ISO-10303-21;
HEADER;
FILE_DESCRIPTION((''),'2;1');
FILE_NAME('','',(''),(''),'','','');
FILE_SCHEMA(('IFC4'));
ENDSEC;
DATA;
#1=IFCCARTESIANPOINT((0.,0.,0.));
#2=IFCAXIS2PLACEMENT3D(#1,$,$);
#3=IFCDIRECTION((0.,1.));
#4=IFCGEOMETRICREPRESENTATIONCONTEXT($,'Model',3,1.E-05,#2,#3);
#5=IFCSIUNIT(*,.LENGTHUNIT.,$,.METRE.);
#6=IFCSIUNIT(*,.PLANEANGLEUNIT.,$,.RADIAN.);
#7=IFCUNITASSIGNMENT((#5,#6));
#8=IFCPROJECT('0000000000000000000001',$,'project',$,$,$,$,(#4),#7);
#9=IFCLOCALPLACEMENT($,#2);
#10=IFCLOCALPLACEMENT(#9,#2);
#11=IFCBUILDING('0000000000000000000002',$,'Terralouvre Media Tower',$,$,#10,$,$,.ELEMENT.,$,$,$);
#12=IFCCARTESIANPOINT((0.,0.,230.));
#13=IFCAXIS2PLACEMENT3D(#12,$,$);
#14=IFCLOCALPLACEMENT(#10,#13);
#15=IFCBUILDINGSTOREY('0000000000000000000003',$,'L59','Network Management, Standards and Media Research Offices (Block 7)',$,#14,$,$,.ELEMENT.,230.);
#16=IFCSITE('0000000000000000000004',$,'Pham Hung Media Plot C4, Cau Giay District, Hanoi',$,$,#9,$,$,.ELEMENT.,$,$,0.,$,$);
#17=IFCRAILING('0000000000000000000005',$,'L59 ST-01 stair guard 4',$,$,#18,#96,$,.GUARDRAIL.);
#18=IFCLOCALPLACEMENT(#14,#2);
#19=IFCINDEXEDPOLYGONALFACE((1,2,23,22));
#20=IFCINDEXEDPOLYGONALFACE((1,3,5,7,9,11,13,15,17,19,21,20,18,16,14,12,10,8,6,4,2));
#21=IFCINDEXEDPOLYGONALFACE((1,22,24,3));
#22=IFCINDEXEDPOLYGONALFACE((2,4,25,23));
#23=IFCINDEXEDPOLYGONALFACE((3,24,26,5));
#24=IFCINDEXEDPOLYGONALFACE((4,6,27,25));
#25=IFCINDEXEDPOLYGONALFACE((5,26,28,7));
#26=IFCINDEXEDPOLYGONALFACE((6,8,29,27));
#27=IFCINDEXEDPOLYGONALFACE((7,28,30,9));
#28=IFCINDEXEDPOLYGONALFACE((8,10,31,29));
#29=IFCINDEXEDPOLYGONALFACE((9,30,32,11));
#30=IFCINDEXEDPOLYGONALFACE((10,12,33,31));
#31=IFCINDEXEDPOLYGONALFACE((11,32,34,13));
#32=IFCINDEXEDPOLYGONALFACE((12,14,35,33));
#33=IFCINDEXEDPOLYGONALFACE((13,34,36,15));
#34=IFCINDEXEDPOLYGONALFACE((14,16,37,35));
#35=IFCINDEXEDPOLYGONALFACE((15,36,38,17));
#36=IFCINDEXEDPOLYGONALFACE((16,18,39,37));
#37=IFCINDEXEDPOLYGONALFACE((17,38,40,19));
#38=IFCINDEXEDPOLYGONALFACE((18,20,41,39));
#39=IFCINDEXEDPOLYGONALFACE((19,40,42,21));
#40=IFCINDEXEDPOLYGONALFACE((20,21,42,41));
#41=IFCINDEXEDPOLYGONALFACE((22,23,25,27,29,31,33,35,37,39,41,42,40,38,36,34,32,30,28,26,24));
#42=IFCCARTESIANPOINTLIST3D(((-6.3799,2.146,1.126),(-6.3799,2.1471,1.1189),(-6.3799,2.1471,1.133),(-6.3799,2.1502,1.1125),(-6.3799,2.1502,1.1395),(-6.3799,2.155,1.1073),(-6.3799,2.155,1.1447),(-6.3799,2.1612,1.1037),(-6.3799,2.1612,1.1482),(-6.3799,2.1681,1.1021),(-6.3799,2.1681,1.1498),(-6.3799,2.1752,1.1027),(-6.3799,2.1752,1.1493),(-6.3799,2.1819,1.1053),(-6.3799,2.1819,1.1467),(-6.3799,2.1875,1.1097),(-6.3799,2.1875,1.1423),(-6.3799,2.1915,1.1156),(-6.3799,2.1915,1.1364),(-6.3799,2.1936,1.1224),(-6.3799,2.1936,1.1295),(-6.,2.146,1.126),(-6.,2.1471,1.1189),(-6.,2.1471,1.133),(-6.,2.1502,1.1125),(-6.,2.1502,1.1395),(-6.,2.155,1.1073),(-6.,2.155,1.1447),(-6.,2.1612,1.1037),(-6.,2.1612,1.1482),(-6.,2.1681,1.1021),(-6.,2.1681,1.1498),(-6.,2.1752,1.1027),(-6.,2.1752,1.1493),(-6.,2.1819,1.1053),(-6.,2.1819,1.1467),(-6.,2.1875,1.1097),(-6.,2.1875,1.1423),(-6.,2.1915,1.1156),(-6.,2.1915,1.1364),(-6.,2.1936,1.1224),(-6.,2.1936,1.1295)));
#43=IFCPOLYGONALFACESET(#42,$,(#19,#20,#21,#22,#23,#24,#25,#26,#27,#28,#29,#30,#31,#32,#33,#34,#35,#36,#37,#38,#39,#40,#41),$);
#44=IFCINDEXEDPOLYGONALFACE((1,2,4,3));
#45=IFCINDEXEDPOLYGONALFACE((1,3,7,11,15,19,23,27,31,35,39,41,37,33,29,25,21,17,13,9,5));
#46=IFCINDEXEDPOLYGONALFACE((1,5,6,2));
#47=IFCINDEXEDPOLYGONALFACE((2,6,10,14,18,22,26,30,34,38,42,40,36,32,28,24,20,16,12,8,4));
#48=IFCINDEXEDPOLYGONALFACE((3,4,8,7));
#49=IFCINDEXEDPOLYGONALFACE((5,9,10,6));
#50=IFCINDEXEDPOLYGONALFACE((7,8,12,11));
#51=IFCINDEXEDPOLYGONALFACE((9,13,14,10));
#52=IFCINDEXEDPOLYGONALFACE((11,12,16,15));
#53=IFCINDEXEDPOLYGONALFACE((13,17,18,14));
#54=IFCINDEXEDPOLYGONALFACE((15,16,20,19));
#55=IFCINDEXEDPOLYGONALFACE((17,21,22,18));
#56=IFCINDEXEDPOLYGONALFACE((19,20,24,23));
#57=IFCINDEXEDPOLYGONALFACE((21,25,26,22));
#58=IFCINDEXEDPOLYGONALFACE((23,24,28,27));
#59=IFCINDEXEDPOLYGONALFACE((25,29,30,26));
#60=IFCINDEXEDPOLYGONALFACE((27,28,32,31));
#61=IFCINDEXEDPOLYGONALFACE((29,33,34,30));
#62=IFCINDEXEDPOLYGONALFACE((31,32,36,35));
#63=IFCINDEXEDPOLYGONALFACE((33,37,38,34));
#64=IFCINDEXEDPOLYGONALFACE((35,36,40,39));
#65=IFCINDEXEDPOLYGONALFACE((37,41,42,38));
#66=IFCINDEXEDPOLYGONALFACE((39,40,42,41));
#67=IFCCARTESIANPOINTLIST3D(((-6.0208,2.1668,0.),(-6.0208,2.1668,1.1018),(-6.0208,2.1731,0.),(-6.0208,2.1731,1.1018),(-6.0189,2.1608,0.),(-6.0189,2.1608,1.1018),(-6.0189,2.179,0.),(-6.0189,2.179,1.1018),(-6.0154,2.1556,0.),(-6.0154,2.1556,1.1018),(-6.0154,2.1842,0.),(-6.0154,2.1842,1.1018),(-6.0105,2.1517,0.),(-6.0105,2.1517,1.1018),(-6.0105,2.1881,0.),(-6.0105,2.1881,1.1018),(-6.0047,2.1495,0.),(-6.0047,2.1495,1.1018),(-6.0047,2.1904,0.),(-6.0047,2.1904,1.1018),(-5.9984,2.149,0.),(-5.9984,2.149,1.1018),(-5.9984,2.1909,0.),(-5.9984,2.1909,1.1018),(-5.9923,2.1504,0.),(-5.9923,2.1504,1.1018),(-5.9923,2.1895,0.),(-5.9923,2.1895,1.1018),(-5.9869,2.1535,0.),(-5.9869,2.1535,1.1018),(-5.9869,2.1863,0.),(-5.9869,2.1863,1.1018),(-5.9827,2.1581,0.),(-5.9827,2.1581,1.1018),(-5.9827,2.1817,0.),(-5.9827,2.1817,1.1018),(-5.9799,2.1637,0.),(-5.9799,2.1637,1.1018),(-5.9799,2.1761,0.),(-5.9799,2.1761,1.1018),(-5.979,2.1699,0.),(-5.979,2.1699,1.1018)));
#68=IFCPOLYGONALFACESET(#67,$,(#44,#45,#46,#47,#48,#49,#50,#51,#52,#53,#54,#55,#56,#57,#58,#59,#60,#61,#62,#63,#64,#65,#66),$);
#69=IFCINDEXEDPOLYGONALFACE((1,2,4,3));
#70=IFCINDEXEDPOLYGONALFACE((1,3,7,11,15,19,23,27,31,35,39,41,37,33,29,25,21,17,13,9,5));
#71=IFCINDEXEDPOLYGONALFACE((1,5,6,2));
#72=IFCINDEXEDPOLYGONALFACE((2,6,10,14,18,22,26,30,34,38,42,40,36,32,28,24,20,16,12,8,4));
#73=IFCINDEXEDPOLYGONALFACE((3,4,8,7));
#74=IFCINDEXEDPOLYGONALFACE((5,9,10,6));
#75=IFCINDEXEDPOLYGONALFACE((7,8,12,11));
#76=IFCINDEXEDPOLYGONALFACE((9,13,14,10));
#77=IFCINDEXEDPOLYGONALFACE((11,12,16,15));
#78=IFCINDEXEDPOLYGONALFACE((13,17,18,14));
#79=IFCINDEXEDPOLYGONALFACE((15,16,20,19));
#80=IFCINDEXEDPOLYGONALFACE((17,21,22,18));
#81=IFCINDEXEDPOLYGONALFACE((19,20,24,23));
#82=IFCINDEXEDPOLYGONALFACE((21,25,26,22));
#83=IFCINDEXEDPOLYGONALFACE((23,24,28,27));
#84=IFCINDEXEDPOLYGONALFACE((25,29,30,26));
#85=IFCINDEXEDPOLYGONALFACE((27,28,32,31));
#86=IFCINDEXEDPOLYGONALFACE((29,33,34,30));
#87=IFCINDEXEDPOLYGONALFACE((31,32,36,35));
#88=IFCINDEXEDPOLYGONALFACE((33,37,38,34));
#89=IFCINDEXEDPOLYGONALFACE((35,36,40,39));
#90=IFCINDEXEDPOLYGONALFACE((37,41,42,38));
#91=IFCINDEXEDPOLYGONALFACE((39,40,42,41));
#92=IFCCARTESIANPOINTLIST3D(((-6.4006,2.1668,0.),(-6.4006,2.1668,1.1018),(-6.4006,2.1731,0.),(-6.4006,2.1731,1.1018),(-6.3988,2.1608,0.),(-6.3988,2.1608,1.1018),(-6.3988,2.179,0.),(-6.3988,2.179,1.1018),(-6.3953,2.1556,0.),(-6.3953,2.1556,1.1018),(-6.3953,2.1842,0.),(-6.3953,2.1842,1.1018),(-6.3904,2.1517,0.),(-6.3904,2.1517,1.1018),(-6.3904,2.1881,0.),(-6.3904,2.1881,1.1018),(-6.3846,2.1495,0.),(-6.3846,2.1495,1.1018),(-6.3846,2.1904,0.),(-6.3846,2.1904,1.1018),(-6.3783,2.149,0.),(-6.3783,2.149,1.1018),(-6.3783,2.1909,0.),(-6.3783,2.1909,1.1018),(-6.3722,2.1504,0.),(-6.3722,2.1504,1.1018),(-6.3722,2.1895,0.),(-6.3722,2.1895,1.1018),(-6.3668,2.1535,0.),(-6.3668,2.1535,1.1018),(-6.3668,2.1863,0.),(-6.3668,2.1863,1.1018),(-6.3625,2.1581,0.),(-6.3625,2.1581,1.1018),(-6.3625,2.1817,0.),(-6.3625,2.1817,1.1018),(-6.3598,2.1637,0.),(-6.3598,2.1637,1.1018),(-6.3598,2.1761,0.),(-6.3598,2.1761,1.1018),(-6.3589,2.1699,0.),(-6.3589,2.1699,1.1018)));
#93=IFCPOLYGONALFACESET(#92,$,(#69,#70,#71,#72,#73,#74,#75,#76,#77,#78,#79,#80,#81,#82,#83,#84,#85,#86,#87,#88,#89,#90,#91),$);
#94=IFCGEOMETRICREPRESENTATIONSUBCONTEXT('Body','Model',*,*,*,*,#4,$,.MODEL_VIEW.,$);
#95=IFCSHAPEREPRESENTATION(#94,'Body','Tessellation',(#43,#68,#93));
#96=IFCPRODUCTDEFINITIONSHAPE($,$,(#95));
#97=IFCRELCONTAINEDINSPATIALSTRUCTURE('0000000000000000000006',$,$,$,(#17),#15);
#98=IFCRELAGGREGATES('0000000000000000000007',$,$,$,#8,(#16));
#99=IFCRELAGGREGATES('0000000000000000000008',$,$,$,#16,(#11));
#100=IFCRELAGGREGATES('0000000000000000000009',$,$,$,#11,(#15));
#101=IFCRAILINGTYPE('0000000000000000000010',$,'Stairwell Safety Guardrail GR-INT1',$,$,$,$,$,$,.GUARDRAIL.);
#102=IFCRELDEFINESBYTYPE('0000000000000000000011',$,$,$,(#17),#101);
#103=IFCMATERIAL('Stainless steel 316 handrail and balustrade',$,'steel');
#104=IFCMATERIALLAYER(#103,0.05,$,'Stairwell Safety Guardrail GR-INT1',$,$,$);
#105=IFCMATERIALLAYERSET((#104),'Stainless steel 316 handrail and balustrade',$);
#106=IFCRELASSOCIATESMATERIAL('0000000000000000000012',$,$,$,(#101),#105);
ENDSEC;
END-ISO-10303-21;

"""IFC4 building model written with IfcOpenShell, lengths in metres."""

from ifc_helpers import new_model, si_unit, direction, frame, origin, origin_2d, place, context, subcontext, project, spatial, circle, extrude, material, layer, layer_set, type_object, element, save


model = new_model("IFC4")

# Units and contexts
model_context = context("Model", 3, precision=1e-05, world=origin(), true_north=direction((0.0, 1.0)))
body_context = subcontext(model_context, "Body", "Model", "MODEL_VIEW")
ifc_project = project(units=[si_unit("LENGTHUNIT", "METRE"), si_unit("PLANEANGLEUNIT", "RADIAN")], contexts=[model_context])

# Site, building, storey
site_placement = place(None, origin())
site = spatial("IfcSite", under=ifc_project, at=site_placement, Name="Pham Hung Media Plot C4, Cau Giay District, Hanoi", CompositionType="ELEMENT", RefElevation=0.0)
building_placement = place(site_placement, origin())
building = spatial("IfcBuilding", under=site, at=building_placement, Name="Terralouvre Media Tower", CompositionType="ELEMENT")
storey_placement = place(building_placement, frame((0.0, 0.0, 230.0)))
storey = spatial("IfcBuildingStorey", under=building, at=storey_placement, Name="L59", Description="Network Management, Standards and Media Research Offices (Block 7)", CompositionType="ELEMENT", Elevation=230.0)

# Railing
ifc_material_1 = material(Name="Stainless steel 316 handrail and balustrade", Category="steel")
ifc_layer_1 = layer(ifc_material_1, 0.05, Name="Stairwell Safety Guardrail GR-INT1")
ifc_layer_set_1 = layer_set([ifc_layer_1], Name="Stainless steel 316 handrail and balustrade")
railing_type_1 = type_object("IfcRailingType", Name="Stairwell Safety Guardrail GR-INT1", PredefinedType="GUARDRAIL", material=ifc_layer_set_1)
railing_1_placement = place(storey_placement, frame((-6.0, 2.1699, 0.0)))
element("IfcRailing", 1, at=railing_1_placement, inside=storey, type_object=railing_type_1, Name="L59 ST-01 stair guard 4", PredefinedType="GUARDRAIL", context=body_context, shape_type="SweptSolid", body=[
    extrude(circle(Radius=0.0239, at=origin_2d()), frame((0.0, 0.0, 1.126), z_axis=(-1.0, 0.0, 0.0), x_axis=(0.0, -1.0, 0.0)), (0.0, 0.0, 1.0), 0.3799),
    extrude(circle(Radius=0.021, at=origin_2d()), origin(), (0.0, 0.0, 1.0), 1.1018),
    extrude(circle(Radius=0.021, at=origin_2d()), frame((-0.3799, 0.0, 0.0)), (0.0, 0.0, 1.0), 1.1018),
])

save(model, "model.ifc")
